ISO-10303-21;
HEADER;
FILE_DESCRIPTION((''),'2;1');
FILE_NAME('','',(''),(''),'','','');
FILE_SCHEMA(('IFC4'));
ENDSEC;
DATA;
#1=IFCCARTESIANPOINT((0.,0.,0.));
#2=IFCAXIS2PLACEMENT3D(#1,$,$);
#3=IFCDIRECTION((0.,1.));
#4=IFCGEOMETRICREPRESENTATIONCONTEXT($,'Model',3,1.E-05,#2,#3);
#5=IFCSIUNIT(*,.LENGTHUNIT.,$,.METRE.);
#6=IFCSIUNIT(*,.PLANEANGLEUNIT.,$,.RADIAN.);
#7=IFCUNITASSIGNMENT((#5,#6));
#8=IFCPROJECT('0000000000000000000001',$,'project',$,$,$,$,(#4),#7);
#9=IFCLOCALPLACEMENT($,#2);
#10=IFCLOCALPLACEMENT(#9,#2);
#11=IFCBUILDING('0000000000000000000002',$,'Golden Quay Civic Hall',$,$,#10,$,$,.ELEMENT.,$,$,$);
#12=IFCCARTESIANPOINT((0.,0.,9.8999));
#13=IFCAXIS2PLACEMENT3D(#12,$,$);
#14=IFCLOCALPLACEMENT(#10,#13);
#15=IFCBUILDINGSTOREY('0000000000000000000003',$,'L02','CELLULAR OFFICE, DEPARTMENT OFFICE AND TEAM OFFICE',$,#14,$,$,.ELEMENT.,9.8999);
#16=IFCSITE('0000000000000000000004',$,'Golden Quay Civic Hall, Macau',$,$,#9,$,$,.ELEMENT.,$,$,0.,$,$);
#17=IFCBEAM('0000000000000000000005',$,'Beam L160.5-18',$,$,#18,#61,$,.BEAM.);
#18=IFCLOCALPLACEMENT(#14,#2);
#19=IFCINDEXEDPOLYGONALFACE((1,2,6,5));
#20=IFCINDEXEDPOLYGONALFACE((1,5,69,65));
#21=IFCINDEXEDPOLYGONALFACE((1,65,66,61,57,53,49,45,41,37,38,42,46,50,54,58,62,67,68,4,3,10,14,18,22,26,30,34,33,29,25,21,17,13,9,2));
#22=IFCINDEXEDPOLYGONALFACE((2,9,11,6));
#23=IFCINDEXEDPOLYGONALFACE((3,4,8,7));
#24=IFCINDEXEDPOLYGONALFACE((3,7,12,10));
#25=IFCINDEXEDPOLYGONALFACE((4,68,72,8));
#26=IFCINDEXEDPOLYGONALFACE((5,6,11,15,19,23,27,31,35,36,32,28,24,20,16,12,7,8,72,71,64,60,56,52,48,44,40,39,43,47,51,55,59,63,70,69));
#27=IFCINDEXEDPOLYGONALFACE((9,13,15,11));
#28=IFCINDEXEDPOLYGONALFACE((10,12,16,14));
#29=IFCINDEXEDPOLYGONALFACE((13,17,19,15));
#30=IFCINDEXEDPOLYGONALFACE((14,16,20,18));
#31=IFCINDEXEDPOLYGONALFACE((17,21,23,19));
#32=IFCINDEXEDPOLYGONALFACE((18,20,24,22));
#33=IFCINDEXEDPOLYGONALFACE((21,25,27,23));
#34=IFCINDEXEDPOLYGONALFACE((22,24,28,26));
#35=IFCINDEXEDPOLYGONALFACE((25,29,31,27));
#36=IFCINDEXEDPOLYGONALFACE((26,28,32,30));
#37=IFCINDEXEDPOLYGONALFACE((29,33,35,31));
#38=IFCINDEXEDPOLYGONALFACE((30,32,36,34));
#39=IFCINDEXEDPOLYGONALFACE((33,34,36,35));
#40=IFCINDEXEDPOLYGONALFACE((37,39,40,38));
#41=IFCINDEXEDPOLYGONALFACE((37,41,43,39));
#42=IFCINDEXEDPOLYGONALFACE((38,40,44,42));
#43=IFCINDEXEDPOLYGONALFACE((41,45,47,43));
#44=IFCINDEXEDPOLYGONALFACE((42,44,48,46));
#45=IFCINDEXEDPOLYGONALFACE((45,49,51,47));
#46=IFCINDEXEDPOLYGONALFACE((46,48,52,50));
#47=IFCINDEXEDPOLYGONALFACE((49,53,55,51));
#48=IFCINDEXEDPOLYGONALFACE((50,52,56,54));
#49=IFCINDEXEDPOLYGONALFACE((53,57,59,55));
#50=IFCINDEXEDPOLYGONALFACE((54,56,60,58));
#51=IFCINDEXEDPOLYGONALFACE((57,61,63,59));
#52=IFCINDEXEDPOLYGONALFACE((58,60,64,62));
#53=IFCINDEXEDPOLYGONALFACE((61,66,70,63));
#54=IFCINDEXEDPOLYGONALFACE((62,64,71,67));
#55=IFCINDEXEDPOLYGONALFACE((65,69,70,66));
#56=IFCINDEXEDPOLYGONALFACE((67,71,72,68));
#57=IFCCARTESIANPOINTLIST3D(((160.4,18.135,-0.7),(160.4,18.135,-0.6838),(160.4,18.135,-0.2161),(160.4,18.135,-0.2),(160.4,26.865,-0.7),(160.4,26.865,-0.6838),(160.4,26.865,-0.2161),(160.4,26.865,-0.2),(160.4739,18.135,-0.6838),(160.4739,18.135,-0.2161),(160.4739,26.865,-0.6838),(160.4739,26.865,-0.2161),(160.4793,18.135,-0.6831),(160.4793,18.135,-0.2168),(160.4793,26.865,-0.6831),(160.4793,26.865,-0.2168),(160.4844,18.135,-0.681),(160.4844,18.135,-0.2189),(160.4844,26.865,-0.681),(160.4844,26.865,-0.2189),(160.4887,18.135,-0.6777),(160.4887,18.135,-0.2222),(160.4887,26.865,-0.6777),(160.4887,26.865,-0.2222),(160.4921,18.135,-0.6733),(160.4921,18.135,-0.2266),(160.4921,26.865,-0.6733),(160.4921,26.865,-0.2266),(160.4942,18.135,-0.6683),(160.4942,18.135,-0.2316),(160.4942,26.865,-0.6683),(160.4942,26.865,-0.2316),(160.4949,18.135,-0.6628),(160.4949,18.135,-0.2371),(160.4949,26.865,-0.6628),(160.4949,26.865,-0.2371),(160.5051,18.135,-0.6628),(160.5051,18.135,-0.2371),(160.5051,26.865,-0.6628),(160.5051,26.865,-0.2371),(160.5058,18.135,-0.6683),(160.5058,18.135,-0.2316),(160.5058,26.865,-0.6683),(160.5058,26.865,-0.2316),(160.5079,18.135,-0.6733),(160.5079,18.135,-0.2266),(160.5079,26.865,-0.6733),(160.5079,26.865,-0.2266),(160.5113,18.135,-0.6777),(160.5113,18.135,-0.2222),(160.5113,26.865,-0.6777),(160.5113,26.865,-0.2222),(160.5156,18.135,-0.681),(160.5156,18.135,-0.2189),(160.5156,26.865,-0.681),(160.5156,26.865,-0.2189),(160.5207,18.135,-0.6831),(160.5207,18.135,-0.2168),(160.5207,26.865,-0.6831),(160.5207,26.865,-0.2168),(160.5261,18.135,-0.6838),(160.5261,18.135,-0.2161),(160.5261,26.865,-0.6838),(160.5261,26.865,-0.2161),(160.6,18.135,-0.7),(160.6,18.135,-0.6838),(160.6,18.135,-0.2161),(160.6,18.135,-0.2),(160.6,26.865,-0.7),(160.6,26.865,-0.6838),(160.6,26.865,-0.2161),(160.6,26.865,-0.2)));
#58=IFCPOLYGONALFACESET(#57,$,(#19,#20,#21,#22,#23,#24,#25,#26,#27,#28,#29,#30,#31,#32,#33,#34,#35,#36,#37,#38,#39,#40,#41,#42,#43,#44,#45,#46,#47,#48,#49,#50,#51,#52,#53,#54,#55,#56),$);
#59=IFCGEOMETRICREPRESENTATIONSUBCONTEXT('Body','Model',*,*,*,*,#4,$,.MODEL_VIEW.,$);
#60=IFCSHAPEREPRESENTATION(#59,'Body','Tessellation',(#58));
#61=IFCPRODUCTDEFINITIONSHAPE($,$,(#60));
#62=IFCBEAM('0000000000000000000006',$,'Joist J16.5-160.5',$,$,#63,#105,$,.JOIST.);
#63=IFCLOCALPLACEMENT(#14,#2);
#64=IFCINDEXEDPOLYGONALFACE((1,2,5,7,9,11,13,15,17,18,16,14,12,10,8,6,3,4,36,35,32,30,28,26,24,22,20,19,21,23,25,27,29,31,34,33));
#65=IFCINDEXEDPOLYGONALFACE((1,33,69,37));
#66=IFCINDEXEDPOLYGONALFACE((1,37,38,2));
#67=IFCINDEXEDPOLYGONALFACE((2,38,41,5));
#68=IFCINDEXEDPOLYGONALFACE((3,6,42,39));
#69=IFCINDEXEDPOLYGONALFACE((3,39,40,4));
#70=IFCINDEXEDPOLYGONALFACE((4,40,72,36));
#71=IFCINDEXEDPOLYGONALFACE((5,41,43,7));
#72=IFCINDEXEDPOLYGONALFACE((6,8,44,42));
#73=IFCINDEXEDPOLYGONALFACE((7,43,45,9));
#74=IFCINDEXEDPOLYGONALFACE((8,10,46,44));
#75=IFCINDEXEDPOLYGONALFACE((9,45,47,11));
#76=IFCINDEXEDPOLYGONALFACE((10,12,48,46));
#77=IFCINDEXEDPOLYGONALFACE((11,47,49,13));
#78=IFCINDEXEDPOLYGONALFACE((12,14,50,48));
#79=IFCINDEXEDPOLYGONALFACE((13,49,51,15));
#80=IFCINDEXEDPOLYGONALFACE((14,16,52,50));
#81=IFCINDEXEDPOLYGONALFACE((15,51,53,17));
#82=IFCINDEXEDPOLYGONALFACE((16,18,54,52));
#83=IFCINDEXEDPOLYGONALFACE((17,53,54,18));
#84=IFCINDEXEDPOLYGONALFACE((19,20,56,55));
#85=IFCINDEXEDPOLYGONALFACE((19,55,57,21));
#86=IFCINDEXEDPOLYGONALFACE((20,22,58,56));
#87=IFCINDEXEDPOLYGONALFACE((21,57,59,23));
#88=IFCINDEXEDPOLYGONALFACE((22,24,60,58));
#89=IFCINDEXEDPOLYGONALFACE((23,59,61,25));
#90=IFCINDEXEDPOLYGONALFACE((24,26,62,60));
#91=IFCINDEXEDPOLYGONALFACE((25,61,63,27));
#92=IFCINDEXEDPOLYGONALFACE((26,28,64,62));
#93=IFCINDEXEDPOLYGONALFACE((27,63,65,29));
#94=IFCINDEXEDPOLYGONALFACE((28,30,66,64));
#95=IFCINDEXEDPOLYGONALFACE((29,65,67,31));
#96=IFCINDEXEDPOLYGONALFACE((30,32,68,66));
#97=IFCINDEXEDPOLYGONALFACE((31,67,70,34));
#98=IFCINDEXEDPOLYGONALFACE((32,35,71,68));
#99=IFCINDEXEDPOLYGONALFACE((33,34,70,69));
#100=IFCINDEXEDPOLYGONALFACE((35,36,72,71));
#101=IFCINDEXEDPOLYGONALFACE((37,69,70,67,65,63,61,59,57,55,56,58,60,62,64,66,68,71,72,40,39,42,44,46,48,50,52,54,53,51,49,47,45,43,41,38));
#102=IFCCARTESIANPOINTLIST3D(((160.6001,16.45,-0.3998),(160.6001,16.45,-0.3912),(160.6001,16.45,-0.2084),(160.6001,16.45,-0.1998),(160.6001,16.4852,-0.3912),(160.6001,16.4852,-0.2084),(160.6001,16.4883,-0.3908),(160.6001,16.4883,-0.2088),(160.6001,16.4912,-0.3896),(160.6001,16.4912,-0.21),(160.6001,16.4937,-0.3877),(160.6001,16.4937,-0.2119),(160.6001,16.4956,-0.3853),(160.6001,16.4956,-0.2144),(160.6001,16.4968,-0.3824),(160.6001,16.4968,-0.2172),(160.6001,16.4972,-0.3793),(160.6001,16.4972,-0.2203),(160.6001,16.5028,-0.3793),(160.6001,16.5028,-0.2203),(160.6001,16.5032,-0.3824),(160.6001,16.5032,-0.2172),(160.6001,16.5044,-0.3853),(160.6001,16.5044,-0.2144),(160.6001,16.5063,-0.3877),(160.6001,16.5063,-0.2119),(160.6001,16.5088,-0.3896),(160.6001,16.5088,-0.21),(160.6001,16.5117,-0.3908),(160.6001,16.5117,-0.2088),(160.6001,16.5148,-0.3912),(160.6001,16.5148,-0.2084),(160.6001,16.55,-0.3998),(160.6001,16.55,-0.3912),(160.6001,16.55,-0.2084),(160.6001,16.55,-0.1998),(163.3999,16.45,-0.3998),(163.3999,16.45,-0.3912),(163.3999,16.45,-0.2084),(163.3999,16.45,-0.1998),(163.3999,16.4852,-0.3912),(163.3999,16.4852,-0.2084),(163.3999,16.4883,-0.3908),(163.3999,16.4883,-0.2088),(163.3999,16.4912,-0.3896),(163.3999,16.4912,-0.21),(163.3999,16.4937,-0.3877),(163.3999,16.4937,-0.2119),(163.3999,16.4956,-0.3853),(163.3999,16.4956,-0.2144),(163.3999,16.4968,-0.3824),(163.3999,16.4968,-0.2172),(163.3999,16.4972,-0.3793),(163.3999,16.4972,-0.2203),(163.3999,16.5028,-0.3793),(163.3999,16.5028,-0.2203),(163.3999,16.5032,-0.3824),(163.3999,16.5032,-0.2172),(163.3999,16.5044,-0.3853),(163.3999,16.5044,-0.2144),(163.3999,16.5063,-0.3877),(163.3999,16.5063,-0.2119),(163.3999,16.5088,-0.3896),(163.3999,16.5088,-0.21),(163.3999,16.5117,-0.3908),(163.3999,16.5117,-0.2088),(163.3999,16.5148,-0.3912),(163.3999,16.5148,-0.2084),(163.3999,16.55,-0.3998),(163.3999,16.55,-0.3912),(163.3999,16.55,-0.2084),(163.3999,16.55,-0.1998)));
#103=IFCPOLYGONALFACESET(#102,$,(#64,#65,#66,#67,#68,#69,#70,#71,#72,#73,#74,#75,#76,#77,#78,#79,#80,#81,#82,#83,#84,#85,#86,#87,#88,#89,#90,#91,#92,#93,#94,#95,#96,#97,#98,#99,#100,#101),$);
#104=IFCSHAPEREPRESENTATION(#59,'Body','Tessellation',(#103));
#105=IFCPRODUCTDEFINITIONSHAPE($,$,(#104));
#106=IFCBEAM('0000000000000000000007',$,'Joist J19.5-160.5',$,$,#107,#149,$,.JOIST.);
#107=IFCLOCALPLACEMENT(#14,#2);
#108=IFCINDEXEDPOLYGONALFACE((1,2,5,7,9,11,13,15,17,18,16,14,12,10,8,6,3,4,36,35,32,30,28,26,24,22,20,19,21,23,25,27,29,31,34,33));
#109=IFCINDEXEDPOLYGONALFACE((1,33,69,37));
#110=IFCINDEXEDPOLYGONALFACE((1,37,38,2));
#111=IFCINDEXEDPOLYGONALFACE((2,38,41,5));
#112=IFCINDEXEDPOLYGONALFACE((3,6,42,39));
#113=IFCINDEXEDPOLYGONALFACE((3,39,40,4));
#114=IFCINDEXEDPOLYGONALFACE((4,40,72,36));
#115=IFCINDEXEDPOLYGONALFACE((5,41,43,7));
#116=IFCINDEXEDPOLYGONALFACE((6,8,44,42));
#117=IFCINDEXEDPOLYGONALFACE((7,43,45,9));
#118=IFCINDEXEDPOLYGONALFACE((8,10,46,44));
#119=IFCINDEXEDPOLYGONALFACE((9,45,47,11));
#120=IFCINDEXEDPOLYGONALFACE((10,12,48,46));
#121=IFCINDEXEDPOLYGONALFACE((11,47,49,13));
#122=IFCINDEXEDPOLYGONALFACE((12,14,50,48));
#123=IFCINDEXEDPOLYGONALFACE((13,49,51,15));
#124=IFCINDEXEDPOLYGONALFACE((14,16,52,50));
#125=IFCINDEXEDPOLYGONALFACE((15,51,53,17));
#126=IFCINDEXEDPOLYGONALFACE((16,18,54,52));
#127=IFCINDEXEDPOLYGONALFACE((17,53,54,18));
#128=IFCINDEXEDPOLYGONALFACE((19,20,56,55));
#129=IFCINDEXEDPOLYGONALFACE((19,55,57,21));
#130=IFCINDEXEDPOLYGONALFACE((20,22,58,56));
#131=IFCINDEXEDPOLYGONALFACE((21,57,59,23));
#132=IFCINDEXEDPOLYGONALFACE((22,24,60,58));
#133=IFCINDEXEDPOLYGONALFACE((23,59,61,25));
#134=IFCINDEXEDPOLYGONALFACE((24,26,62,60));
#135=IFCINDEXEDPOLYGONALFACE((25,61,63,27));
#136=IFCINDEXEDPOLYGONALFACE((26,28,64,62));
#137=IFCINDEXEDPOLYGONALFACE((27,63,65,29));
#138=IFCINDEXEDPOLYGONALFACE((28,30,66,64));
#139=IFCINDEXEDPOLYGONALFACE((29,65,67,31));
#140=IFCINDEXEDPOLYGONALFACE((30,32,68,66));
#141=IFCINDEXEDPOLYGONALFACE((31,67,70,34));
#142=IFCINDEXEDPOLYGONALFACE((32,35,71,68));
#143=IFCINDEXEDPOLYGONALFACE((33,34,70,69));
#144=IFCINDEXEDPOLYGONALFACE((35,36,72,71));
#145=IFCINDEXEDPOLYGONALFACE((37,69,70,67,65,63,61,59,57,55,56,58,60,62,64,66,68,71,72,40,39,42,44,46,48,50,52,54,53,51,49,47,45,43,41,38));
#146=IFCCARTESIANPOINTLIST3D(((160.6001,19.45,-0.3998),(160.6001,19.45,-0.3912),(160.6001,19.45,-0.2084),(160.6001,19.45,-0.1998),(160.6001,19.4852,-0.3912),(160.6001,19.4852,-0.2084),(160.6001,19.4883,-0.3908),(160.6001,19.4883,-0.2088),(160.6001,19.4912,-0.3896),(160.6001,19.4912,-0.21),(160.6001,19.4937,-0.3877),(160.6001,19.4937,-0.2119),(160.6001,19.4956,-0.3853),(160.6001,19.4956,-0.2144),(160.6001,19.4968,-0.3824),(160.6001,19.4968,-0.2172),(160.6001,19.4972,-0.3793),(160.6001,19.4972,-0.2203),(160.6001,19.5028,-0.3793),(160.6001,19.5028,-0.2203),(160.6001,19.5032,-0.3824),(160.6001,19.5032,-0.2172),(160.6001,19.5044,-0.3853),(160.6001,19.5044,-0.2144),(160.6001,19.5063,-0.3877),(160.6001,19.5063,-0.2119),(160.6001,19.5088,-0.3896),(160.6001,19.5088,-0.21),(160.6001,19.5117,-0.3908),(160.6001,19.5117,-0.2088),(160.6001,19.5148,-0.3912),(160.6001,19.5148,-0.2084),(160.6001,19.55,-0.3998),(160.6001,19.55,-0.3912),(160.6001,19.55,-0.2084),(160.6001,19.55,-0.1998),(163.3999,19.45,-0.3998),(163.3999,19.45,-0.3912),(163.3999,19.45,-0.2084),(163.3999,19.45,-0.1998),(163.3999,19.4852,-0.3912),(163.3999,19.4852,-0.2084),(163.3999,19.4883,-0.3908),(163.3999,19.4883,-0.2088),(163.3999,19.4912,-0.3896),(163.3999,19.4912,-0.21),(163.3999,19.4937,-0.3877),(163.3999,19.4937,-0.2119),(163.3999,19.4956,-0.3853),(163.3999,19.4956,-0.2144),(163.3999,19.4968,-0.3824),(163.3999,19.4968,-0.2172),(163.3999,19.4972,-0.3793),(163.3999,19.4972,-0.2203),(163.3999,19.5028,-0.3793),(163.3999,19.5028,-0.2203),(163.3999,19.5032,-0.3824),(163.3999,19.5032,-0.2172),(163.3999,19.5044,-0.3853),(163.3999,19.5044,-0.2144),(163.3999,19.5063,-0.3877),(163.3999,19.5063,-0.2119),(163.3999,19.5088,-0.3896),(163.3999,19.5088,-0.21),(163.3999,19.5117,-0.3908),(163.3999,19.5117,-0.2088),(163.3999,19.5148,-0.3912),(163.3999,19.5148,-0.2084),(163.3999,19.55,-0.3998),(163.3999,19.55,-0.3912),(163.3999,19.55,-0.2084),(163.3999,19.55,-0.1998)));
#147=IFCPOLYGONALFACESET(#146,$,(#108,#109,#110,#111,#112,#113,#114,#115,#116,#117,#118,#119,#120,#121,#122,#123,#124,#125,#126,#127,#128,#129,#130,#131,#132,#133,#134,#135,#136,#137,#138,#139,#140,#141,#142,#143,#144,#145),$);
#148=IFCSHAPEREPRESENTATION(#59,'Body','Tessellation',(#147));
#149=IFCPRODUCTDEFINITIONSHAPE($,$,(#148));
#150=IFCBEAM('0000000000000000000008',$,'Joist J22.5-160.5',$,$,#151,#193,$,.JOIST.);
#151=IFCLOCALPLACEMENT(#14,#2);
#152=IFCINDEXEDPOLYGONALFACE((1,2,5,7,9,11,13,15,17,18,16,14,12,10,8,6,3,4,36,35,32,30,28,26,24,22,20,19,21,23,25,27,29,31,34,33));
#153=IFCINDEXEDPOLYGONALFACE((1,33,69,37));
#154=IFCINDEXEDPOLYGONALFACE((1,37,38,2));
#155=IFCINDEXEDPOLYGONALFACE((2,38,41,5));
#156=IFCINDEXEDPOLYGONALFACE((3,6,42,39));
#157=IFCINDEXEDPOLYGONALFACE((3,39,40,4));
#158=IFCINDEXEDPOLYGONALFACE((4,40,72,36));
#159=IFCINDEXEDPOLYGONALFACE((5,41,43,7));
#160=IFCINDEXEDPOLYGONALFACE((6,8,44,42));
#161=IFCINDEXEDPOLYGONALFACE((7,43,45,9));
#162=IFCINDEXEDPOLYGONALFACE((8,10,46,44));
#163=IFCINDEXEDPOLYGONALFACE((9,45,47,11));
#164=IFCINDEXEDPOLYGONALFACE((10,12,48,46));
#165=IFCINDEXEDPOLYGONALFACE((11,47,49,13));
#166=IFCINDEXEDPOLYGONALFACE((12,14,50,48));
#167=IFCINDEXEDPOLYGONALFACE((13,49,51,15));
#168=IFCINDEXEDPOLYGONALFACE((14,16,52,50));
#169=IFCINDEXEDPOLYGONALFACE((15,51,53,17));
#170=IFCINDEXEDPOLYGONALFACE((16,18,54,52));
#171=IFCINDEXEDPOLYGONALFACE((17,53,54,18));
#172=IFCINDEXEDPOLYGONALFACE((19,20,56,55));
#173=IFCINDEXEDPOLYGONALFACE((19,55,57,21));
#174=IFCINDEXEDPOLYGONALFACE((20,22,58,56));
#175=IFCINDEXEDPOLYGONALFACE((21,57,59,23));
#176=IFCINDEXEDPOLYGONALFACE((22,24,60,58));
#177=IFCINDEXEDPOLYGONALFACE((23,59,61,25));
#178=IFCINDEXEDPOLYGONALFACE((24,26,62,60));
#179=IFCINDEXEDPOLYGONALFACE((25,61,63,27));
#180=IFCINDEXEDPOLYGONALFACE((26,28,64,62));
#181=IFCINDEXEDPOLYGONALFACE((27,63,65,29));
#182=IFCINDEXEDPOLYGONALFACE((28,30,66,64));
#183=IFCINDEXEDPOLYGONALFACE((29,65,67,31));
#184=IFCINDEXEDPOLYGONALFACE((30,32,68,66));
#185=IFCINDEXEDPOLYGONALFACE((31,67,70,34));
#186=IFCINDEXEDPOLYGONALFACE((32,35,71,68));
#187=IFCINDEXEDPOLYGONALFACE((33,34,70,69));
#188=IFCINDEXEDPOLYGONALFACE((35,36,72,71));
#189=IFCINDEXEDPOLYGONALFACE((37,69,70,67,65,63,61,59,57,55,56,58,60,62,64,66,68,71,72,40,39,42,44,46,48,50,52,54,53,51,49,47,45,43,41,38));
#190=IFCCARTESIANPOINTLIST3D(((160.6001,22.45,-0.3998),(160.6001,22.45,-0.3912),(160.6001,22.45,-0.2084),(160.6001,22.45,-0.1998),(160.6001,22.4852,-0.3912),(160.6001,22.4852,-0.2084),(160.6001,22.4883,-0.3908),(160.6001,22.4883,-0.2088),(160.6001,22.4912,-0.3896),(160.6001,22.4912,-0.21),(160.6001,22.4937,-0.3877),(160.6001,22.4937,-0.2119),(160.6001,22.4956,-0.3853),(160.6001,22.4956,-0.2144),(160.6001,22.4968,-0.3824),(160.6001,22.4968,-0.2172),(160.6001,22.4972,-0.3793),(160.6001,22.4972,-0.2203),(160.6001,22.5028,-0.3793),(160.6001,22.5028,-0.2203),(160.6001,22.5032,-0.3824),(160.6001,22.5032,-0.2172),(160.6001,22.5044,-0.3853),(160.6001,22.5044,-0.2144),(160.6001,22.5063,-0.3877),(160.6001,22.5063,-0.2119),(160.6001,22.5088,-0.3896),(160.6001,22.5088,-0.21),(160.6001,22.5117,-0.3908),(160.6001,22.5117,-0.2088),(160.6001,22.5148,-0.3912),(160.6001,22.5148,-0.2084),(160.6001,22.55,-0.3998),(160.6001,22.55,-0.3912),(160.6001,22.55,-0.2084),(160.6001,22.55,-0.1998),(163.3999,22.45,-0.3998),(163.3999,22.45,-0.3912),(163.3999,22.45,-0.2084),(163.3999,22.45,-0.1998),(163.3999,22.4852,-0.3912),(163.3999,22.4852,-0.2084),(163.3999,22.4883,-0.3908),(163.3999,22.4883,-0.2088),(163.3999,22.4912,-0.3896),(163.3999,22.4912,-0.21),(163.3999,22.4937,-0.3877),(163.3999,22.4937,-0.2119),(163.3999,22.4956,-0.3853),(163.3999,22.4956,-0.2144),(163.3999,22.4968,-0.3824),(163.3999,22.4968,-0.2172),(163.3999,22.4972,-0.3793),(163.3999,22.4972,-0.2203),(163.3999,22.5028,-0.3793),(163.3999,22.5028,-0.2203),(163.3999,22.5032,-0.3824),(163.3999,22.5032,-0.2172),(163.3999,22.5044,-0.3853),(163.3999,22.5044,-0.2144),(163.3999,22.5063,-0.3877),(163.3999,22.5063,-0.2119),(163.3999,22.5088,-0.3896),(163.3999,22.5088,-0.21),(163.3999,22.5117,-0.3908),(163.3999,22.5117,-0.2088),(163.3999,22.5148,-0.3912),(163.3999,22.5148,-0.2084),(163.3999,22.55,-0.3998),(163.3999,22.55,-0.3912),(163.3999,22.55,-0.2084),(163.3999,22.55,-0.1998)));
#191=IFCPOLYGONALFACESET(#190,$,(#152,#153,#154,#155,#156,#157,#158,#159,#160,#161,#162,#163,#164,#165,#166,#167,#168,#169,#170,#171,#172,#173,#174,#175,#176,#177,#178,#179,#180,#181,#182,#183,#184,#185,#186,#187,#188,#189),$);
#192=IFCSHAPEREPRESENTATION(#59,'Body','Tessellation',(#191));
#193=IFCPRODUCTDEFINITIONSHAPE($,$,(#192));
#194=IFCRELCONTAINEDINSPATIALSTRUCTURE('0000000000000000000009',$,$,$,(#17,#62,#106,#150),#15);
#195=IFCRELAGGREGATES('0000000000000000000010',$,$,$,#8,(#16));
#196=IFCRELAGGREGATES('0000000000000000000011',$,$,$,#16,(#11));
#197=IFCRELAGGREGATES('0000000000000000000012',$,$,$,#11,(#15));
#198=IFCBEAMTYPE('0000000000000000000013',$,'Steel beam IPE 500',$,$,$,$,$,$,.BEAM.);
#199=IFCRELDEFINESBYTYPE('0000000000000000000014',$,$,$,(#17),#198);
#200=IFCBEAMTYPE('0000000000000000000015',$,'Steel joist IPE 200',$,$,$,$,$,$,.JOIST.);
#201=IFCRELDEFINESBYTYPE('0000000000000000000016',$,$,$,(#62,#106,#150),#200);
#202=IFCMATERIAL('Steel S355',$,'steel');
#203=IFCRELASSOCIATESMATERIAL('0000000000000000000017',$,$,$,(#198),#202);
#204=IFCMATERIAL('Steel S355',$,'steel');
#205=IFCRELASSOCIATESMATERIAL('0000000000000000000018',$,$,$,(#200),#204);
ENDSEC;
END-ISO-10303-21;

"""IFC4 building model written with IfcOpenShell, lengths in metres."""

from ifc_helpers import new_model, si_unit, direction, frame, origin, origin_2d, place, context, subcontext, project, spatial, i_section, extrude, material, material_profile, profile_set, type_object, element, save


model = new_model("IFC4")

# Units and contexts
model_context = context("Model", 3, precision=1e-05, world=origin(), true_north=direction((0.0, 1.0)))
body_context = subcontext(model_context, "Body", "Model", "MODEL_VIEW")
ifc_project = project(units=[si_unit("LENGTHUNIT", "METRE"), si_unit("PLANEANGLEUNIT", "RADIAN")], contexts=[model_context])

# Site, building, storey
site_placement = place(None, origin())
site = spatial("IfcSite", under=ifc_project, at=site_placement, Name="Golden Quay Civic Hall, Macau", CompositionType="ELEMENT", RefElevation=0.0)
building_placement = place(site_placement, origin())
building = spatial("IfcBuilding", under=site, at=building_placement, Name="Golden Quay Civic Hall", CompositionType="ELEMENT")
storey_placement = place(building_placement, frame((0.0, 0.0, 9.8999)))
storey = spatial("IfcBuildingStorey", under=building, at=storey_placement, Name="L02", Description="CELLULAR OFFICE, DEPARTMENT OFFICE AND TEAM OFFICE", CompositionType="ELEMENT", Elevation=9.8999)

# Beams
ifc_material_1 = material(Name="Steel S355", Category="steel")
ifc_material_profile_1 = material_profile(ifc_material_1, i_section(OverallWidth=0.2, OverallDepth=0.5, WebThickness=0.0103, FlangeThickness=0.0161, FilletRadius=0.021, at=origin_2d()), Name="IPE 500")
ifc_profile_set_1 = profile_set([ifc_material_profile_1], Name="Steel S355")
beam_type_1 = type_object("IfcBeamType", Name="Steel beam IPE 500", PredefinedType="BEAM", material=ifc_profile_set_1)
beam_1_placement = place(storey_placement, frame((160.5, 18.135, -0.45), z_axis=(0.0, 1.0, 0.0), x_axis=(-1.0, 0.0, 0.0)))
element("IfcBeam", 1, at=beam_1_placement, inside=storey, type_object=beam_type_1, Name="Beam L160.5-18", PredefinedType="BEAM", context=body_context, shape_type="SweptSolid", body=[
    extrude(i_section(OverallWidth=0.2, OverallDepth=0.5, WebThickness=0.0103, FlangeThickness=0.0161, FilletRadius=0.021, at=origin_2d()), origin(), (0.0, 0.0, 1.0), 8.73),
])
ifc_material_2 = material(Name="Steel S355", Category="steel")
ifc_material_profile_2 = material_profile(ifc_material_2, i_section(OverallWidth=0.1001, OverallDepth=0.2, WebThickness=0.0056, FlangeThickness=0.0085, FilletRadius=0.012, at=origin_2d()), Name="IPE 200")
ifc_profile_set_2 = profile_set([ifc_material_profile_2], Name="Steel S355")
beam_type_2 = type_object("IfcBeamType", Name="Steel joist IPE 200", PredefinedType="JOIST", material=ifc_profile_set_2)
for number, where, z_axis, x_axis, name in (
    (2, (160.6001, 16.5, -0.2998), (1.0, 0.0, 0.0), (0.0, 1.0, 0.0), "Joist J16.5-160.5"),
    (3, (160.6001, 19.5, -0.2998), (1.0, 0.0, 0.0), (0.0, 1.0, 0.0), "Joist J19.5-160.5"),
    (4, (160.6001, 22.5, -0.2998), (1.0, 0.0, 0.0), (0.0, 1.0, 0.0), "Joist J22.5-160.5"),
):
    element("IfcBeam", number, at=place(storey_placement, frame(where, z_axis=z_axis, x_axis=x_axis)), inside=storey, type_object=beam_type_2, Name=name, PredefinedType="JOIST", context=body_context, shape_type="SweptSolid", body=[
        extrude(i_section(OverallWidth=0.1001, OverallDepth=0.2, WebThickness=0.0056, FlangeThickness=0.0085, FilletRadius=0.012, at=origin_2d()), origin(), (0.0, 0.0, 1.0), 2.7998),
    ])

save(model, "model.ifc")
